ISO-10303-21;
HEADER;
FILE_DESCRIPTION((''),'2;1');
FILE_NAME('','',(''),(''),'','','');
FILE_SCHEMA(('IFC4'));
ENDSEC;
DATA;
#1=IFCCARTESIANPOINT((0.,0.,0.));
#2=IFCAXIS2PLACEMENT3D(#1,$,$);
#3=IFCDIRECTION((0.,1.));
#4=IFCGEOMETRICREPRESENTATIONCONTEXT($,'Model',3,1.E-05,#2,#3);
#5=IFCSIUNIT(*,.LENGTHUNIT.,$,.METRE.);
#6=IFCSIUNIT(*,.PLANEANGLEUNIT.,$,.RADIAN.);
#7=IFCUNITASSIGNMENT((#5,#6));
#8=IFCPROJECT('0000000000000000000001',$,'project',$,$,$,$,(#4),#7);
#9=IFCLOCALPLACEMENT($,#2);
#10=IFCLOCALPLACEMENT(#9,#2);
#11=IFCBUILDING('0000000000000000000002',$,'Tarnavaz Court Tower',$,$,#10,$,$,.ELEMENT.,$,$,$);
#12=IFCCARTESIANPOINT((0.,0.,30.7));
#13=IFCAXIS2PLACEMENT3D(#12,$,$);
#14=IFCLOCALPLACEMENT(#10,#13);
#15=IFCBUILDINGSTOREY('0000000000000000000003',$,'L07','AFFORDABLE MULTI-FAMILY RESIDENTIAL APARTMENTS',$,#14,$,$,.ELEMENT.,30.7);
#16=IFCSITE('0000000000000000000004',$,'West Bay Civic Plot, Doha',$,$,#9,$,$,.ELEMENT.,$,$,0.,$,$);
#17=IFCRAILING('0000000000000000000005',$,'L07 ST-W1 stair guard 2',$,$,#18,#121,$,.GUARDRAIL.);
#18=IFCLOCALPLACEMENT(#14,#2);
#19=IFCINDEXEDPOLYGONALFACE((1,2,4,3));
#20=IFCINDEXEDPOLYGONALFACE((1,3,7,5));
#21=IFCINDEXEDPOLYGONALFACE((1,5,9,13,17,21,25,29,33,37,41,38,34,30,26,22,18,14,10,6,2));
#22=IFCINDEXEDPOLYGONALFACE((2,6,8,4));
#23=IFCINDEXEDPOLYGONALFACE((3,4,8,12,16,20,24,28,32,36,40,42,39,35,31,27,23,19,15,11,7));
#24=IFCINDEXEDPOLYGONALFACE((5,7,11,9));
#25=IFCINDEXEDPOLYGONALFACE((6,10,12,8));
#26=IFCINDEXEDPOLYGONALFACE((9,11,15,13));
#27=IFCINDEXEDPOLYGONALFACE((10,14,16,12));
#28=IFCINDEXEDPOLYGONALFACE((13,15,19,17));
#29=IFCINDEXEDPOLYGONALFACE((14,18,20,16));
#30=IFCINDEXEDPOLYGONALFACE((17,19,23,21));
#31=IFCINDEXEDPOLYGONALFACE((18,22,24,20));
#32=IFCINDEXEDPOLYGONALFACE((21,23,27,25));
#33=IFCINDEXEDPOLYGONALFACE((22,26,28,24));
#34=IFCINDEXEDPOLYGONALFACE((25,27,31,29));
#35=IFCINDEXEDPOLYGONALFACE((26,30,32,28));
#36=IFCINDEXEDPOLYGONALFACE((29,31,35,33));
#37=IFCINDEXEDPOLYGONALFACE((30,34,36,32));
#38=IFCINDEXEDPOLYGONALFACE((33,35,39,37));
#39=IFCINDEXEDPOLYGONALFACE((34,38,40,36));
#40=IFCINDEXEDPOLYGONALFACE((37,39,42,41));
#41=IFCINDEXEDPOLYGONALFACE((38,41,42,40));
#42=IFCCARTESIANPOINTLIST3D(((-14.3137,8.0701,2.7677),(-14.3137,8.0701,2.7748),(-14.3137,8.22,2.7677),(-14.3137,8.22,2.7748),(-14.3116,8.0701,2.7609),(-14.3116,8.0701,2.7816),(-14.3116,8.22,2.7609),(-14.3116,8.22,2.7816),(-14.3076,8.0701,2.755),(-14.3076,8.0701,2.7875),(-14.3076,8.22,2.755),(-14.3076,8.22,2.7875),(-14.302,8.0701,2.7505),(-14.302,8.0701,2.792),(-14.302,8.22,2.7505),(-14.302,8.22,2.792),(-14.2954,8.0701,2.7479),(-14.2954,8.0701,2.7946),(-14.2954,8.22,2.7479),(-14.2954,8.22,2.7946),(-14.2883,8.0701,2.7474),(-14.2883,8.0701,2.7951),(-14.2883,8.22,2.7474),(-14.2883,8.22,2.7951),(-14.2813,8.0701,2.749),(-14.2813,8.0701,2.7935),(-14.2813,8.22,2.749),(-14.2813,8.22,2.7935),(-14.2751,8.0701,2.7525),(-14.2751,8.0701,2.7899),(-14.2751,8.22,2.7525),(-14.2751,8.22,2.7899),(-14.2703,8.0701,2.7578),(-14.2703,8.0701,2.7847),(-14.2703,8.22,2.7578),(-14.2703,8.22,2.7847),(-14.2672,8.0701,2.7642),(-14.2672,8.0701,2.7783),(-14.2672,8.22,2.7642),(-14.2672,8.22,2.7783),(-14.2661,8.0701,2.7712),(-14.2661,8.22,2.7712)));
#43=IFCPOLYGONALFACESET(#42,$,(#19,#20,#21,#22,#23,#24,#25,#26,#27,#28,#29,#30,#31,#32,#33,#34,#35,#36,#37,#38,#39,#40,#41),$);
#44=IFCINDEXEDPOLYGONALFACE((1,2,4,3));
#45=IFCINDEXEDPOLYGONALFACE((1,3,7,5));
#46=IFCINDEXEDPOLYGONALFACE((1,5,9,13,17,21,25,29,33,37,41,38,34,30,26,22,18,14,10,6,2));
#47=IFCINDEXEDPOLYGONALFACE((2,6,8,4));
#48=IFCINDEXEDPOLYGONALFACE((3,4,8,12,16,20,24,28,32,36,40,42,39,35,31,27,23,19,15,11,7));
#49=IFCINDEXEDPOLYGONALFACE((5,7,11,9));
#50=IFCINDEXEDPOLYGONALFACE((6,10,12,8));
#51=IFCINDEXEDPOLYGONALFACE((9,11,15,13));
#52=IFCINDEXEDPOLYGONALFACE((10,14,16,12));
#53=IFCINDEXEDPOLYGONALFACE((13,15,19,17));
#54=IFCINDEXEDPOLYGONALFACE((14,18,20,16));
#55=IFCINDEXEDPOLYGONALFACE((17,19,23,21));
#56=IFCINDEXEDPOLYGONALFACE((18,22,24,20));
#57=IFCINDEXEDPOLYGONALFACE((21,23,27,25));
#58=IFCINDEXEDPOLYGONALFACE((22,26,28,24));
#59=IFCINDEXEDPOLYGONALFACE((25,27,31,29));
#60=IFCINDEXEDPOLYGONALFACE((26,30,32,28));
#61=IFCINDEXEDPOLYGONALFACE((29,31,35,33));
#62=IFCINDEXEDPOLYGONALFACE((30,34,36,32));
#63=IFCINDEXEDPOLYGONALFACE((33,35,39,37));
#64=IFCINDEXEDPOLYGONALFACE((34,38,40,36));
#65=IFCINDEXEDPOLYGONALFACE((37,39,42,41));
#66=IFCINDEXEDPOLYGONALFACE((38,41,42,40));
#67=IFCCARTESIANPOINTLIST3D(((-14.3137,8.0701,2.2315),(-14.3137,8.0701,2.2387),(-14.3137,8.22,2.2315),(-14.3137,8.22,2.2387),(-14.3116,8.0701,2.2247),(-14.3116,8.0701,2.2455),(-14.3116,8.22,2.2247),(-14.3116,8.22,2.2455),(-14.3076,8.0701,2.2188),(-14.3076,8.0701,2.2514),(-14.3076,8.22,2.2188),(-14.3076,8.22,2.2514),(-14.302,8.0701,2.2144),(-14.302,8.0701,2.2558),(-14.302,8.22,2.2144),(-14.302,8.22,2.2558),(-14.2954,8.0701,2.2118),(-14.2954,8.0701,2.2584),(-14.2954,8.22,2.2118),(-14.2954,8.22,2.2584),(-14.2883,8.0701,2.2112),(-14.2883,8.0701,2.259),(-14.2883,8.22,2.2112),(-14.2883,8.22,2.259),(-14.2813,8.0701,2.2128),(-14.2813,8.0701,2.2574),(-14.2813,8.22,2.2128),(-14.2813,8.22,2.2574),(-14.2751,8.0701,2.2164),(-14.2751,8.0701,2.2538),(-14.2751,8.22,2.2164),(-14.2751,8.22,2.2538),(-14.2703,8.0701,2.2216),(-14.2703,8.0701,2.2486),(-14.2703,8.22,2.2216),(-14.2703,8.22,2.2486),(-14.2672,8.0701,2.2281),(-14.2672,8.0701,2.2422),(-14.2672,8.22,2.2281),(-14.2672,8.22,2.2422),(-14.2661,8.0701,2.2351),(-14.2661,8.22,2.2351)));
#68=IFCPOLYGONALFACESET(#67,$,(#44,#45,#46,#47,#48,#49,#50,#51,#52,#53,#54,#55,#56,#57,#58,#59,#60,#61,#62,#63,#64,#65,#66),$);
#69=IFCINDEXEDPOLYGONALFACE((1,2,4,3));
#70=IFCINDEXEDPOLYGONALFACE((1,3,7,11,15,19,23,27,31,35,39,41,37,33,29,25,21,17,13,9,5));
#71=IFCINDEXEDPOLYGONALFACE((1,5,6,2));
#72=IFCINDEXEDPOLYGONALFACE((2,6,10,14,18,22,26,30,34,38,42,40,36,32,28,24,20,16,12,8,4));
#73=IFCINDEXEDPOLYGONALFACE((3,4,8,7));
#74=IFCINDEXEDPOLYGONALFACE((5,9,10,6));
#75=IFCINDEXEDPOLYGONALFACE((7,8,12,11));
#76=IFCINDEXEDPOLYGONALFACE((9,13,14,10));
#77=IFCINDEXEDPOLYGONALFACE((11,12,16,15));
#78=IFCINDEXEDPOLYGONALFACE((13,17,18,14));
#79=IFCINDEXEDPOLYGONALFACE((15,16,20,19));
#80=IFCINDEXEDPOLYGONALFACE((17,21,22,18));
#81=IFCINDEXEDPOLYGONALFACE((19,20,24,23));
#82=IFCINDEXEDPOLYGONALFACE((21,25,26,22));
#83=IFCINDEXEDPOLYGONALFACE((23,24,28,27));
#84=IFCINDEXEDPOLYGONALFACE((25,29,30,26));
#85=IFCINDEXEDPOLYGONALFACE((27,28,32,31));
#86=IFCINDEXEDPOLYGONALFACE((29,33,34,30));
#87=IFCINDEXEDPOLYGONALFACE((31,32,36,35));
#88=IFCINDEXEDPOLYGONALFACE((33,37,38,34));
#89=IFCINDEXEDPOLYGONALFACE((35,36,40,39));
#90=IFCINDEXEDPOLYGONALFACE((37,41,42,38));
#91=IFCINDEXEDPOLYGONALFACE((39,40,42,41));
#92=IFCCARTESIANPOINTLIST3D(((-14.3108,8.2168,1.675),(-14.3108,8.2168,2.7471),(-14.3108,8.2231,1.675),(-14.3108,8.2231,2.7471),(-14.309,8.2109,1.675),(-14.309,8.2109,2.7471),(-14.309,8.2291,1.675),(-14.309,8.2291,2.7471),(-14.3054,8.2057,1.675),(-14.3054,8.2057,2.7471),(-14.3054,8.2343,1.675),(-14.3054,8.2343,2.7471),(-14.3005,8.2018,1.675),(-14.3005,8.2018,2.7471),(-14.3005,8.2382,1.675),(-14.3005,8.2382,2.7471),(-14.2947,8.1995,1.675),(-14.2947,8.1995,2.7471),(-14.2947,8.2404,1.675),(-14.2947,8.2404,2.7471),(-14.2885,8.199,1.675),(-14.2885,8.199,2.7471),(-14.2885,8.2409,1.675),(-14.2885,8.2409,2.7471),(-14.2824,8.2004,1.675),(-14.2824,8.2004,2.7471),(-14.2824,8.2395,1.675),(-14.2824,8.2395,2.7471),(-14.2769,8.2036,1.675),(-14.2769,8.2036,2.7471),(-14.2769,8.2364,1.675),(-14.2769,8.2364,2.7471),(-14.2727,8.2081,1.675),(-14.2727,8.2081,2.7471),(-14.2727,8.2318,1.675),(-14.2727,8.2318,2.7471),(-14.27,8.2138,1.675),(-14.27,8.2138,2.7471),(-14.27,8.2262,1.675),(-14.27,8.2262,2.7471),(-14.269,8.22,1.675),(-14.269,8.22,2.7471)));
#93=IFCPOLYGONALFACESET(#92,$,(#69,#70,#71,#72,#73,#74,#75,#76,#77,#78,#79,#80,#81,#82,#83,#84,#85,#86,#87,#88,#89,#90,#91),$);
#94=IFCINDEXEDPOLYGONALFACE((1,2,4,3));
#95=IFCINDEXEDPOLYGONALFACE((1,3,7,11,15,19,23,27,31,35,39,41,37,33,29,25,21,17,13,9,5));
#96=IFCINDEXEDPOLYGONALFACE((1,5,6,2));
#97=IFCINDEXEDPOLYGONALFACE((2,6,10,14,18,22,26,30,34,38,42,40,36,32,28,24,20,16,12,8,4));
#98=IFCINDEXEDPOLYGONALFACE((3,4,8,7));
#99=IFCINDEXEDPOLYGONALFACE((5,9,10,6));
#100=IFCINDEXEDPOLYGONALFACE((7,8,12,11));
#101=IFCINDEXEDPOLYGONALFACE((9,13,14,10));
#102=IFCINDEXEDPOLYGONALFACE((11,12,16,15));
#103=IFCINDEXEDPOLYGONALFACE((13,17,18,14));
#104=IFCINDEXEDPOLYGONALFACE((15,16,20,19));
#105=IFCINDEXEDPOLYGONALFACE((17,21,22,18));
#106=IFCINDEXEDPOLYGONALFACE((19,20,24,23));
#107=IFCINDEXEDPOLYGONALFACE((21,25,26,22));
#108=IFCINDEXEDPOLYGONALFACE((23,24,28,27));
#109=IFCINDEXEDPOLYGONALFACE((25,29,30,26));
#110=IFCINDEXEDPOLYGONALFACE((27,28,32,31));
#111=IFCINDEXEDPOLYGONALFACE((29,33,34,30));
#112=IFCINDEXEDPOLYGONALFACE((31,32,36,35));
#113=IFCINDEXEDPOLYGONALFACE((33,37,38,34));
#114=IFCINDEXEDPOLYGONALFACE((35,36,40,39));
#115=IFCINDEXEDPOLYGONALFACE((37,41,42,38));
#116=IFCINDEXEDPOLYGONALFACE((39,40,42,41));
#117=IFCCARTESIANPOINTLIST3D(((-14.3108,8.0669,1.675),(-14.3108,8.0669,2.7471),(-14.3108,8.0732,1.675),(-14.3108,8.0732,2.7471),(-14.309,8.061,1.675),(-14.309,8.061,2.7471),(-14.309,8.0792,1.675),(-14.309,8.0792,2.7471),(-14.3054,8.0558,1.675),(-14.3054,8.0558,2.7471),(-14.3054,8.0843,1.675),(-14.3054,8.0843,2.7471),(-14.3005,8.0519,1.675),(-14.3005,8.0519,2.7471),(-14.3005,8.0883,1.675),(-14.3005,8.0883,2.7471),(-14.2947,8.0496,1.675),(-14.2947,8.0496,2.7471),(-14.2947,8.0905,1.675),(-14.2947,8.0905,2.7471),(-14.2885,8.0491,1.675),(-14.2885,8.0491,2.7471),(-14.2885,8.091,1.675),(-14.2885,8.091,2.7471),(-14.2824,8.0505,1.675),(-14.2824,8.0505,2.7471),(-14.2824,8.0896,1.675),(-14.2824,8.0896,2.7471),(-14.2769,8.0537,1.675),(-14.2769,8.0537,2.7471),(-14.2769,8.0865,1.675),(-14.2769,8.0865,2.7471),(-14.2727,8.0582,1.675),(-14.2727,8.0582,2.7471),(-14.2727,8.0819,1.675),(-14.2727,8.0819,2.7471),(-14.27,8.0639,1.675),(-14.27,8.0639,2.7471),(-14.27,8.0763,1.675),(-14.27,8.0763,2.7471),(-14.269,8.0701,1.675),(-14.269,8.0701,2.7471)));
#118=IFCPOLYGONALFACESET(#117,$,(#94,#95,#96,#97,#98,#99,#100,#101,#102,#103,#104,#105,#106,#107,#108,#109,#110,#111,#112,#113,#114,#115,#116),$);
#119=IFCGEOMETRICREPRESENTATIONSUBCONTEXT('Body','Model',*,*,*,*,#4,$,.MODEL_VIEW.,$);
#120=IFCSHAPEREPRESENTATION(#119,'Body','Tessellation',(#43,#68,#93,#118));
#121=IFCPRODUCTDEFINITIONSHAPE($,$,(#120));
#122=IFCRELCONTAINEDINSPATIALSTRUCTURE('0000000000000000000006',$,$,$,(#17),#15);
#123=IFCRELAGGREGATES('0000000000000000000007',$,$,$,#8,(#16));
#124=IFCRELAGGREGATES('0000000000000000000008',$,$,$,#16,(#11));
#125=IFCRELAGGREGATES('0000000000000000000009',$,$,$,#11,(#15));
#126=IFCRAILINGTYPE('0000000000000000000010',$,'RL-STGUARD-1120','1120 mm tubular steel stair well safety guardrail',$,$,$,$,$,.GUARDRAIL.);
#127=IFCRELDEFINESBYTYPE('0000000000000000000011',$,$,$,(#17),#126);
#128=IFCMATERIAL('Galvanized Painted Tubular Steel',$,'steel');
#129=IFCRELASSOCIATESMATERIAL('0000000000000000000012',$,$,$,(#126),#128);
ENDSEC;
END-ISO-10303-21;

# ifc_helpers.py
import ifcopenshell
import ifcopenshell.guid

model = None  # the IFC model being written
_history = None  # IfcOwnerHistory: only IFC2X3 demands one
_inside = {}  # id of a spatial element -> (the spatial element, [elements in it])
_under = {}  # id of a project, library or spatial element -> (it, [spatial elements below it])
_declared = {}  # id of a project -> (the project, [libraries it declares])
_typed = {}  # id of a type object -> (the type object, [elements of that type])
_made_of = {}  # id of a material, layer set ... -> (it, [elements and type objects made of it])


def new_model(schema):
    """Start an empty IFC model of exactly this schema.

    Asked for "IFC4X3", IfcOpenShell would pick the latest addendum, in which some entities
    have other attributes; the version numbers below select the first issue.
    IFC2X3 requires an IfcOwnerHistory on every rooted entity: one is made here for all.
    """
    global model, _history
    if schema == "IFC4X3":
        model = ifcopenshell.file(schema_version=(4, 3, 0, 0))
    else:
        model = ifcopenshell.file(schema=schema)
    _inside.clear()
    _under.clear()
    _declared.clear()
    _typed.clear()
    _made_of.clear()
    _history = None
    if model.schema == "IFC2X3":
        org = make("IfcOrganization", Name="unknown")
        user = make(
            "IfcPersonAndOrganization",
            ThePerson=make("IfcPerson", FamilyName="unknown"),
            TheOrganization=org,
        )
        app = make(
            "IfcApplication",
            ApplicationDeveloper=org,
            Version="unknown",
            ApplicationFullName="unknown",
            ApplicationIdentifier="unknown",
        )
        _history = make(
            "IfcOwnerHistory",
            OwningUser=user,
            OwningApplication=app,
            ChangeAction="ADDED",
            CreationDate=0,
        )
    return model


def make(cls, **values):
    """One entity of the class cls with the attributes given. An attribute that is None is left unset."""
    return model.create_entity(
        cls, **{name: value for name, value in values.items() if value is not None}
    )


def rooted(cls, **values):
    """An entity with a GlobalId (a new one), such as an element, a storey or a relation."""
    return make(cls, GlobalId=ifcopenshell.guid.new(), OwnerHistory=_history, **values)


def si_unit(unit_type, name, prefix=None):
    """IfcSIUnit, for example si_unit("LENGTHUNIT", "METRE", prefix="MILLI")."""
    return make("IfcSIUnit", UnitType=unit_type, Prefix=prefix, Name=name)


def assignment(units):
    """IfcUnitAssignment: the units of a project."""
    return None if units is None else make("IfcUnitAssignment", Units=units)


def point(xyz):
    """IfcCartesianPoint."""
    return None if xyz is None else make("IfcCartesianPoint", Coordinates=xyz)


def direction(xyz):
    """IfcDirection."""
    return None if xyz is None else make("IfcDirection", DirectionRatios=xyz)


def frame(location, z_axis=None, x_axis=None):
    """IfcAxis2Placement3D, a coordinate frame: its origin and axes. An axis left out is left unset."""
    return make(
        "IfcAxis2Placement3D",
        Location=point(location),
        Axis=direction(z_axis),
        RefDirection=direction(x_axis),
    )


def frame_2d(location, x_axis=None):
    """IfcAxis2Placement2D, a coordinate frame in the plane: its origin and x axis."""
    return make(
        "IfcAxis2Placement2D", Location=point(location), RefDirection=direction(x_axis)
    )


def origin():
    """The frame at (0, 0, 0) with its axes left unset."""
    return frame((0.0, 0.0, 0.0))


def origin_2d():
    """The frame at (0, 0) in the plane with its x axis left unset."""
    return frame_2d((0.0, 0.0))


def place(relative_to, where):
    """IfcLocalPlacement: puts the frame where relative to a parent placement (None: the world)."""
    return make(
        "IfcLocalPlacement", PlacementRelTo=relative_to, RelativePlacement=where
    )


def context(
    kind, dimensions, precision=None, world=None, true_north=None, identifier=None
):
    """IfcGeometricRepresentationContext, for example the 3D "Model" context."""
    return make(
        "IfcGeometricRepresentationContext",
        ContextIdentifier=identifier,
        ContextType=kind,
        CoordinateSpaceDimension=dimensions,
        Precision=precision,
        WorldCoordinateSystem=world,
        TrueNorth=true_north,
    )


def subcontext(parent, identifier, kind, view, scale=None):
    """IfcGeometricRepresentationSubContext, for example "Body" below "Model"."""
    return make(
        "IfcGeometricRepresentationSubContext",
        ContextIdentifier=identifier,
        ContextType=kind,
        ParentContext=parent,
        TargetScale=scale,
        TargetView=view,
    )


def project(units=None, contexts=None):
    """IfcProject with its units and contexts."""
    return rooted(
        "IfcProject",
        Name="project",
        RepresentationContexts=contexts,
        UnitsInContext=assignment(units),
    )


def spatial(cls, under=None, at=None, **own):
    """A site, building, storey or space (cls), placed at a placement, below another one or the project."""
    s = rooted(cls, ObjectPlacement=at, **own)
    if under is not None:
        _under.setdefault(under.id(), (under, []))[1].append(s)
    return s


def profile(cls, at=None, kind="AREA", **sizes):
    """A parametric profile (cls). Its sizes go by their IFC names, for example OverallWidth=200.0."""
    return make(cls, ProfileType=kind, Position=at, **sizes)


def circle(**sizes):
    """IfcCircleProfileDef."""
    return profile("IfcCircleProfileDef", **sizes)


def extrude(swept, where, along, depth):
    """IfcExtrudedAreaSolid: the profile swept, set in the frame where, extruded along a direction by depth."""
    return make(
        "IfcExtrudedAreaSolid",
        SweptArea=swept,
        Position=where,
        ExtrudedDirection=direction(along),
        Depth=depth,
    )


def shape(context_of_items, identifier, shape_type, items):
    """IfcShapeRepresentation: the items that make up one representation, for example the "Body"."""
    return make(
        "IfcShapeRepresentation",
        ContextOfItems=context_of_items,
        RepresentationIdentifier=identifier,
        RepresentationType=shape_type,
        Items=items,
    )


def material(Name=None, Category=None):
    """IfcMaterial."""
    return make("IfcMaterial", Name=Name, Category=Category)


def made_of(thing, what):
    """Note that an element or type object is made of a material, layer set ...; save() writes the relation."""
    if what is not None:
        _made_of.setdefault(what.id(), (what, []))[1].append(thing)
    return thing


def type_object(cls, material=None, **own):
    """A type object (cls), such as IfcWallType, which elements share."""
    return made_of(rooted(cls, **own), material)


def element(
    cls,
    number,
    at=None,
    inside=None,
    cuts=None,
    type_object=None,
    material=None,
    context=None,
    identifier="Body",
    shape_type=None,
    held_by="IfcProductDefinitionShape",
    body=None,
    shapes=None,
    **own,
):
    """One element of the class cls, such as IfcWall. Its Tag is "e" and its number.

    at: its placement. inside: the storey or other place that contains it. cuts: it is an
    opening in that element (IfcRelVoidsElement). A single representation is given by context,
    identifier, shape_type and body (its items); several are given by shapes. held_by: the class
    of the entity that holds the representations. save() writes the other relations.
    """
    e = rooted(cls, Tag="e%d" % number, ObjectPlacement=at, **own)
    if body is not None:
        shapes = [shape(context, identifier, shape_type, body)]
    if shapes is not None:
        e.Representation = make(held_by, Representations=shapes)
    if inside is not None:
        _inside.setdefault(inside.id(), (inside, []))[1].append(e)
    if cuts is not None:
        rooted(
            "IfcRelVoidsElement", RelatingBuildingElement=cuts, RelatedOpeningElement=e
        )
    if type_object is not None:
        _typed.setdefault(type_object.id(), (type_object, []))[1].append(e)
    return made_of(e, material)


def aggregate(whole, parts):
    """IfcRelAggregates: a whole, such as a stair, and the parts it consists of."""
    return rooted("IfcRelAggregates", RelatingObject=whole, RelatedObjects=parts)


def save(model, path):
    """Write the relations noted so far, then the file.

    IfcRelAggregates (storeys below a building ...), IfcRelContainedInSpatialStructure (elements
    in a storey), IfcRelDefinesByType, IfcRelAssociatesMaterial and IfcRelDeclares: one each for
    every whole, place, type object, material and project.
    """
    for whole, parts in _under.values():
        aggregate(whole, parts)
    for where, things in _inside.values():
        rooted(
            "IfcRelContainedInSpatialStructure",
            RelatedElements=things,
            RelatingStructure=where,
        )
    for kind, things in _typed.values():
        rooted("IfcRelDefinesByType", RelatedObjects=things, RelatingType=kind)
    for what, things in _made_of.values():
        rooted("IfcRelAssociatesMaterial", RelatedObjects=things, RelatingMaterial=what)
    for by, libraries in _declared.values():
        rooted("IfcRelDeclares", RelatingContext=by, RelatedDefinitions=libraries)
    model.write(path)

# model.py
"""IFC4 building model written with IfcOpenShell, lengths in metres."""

from ifc_helpers import new_model, si_unit, direction, frame, origin, origin_2d, place, context, subcontext, project, spatial, circle, extrude, material, type_object, element, save


model = new_model("IFC4")

# Units and contexts
model_context = context("Model", 3, precision=1e-05, world=origin(), true_north=direction((0.0, 1.0)))
body_context = subcontext(model_context, "Body", "Model", "MODEL_VIEW")
ifc_project = project(units=[si_unit("LENGTHUNIT", "METRE"), si_unit("PLANEANGLEUNIT", "RADIAN")], contexts=[model_context])

# Site, building, storey
site_placement = place(None, origin())
site = spatial("IfcSite", under=ifc_project, at=site_placement, Name="West Bay Civic Plot, Doha", CompositionType="ELEMENT", RefElevation=0.0)
building_placement = place(site_placement, origin())
building = spatial("IfcBuilding", under=site, at=building_placement, Name="Tarnavaz Court Tower", CompositionType="ELEMENT")
storey_placement = place(building_placement, frame((0.0, 0.0, 30.7)))
storey = spatial("IfcBuildingStorey", under=building, at=storey_placement, Name="L07", Description="AFFORDABLE MULTI-FAMILY RESIDENTIAL APARTMENTS", CompositionType="ELEMENT", Elevation=30.7)

# Railing
ifc_material_1 = material(Name="Galvanized Painted Tubular Steel", Category="steel")
railing_type_1 = type_object("IfcRailingType", Name="RL-STGUARD-1120", Description="1120 mm tubular steel stair well safety guardrail", PredefinedType="GUARDRAIL", material=ifc_material_1)
railing_1_placement = place(storey_placement, frame((-14.29, 8.22, 1.675)))
element("IfcRailing", 1, at=railing_1_placement, inside=storey, type_object=railing_type_1, Name="L07 ST-W1 stair guard 2", PredefinedType="GUARDRAIL", context=body_context, shape_type="SweptSolid", body=[
    extrude(circle(Radius=0.0239, at=origin_2d()), frame((0.0, 0.0, 1.0962), z_axis=(0.0, -1.0, 0.0), x_axis=(1.0, 0.0, 0.0)), (0.0, 0.0, 1.0), 0.1499),
    extrude(circle(Radius=0.0239, at=origin_2d()), frame((0.0, 0.0, 0.5601), z_axis=(0.0, -1.0, 0.0), x_axis=(1.0, 0.0, 0.0)), (0.0, 0.0, 1.0), 0.1499),
    extrude(circle(Radius=0.021, at=origin_2d()), origin(), (0.0, 0.0, 1.0), 1.072),
    extrude(circle(Radius=0.021, at=origin_2d()), frame((0.0, -0.1499, 0.0)), (0.0, 0.0, 1.0), 1.072),
])

save(model, "model.ifc")
